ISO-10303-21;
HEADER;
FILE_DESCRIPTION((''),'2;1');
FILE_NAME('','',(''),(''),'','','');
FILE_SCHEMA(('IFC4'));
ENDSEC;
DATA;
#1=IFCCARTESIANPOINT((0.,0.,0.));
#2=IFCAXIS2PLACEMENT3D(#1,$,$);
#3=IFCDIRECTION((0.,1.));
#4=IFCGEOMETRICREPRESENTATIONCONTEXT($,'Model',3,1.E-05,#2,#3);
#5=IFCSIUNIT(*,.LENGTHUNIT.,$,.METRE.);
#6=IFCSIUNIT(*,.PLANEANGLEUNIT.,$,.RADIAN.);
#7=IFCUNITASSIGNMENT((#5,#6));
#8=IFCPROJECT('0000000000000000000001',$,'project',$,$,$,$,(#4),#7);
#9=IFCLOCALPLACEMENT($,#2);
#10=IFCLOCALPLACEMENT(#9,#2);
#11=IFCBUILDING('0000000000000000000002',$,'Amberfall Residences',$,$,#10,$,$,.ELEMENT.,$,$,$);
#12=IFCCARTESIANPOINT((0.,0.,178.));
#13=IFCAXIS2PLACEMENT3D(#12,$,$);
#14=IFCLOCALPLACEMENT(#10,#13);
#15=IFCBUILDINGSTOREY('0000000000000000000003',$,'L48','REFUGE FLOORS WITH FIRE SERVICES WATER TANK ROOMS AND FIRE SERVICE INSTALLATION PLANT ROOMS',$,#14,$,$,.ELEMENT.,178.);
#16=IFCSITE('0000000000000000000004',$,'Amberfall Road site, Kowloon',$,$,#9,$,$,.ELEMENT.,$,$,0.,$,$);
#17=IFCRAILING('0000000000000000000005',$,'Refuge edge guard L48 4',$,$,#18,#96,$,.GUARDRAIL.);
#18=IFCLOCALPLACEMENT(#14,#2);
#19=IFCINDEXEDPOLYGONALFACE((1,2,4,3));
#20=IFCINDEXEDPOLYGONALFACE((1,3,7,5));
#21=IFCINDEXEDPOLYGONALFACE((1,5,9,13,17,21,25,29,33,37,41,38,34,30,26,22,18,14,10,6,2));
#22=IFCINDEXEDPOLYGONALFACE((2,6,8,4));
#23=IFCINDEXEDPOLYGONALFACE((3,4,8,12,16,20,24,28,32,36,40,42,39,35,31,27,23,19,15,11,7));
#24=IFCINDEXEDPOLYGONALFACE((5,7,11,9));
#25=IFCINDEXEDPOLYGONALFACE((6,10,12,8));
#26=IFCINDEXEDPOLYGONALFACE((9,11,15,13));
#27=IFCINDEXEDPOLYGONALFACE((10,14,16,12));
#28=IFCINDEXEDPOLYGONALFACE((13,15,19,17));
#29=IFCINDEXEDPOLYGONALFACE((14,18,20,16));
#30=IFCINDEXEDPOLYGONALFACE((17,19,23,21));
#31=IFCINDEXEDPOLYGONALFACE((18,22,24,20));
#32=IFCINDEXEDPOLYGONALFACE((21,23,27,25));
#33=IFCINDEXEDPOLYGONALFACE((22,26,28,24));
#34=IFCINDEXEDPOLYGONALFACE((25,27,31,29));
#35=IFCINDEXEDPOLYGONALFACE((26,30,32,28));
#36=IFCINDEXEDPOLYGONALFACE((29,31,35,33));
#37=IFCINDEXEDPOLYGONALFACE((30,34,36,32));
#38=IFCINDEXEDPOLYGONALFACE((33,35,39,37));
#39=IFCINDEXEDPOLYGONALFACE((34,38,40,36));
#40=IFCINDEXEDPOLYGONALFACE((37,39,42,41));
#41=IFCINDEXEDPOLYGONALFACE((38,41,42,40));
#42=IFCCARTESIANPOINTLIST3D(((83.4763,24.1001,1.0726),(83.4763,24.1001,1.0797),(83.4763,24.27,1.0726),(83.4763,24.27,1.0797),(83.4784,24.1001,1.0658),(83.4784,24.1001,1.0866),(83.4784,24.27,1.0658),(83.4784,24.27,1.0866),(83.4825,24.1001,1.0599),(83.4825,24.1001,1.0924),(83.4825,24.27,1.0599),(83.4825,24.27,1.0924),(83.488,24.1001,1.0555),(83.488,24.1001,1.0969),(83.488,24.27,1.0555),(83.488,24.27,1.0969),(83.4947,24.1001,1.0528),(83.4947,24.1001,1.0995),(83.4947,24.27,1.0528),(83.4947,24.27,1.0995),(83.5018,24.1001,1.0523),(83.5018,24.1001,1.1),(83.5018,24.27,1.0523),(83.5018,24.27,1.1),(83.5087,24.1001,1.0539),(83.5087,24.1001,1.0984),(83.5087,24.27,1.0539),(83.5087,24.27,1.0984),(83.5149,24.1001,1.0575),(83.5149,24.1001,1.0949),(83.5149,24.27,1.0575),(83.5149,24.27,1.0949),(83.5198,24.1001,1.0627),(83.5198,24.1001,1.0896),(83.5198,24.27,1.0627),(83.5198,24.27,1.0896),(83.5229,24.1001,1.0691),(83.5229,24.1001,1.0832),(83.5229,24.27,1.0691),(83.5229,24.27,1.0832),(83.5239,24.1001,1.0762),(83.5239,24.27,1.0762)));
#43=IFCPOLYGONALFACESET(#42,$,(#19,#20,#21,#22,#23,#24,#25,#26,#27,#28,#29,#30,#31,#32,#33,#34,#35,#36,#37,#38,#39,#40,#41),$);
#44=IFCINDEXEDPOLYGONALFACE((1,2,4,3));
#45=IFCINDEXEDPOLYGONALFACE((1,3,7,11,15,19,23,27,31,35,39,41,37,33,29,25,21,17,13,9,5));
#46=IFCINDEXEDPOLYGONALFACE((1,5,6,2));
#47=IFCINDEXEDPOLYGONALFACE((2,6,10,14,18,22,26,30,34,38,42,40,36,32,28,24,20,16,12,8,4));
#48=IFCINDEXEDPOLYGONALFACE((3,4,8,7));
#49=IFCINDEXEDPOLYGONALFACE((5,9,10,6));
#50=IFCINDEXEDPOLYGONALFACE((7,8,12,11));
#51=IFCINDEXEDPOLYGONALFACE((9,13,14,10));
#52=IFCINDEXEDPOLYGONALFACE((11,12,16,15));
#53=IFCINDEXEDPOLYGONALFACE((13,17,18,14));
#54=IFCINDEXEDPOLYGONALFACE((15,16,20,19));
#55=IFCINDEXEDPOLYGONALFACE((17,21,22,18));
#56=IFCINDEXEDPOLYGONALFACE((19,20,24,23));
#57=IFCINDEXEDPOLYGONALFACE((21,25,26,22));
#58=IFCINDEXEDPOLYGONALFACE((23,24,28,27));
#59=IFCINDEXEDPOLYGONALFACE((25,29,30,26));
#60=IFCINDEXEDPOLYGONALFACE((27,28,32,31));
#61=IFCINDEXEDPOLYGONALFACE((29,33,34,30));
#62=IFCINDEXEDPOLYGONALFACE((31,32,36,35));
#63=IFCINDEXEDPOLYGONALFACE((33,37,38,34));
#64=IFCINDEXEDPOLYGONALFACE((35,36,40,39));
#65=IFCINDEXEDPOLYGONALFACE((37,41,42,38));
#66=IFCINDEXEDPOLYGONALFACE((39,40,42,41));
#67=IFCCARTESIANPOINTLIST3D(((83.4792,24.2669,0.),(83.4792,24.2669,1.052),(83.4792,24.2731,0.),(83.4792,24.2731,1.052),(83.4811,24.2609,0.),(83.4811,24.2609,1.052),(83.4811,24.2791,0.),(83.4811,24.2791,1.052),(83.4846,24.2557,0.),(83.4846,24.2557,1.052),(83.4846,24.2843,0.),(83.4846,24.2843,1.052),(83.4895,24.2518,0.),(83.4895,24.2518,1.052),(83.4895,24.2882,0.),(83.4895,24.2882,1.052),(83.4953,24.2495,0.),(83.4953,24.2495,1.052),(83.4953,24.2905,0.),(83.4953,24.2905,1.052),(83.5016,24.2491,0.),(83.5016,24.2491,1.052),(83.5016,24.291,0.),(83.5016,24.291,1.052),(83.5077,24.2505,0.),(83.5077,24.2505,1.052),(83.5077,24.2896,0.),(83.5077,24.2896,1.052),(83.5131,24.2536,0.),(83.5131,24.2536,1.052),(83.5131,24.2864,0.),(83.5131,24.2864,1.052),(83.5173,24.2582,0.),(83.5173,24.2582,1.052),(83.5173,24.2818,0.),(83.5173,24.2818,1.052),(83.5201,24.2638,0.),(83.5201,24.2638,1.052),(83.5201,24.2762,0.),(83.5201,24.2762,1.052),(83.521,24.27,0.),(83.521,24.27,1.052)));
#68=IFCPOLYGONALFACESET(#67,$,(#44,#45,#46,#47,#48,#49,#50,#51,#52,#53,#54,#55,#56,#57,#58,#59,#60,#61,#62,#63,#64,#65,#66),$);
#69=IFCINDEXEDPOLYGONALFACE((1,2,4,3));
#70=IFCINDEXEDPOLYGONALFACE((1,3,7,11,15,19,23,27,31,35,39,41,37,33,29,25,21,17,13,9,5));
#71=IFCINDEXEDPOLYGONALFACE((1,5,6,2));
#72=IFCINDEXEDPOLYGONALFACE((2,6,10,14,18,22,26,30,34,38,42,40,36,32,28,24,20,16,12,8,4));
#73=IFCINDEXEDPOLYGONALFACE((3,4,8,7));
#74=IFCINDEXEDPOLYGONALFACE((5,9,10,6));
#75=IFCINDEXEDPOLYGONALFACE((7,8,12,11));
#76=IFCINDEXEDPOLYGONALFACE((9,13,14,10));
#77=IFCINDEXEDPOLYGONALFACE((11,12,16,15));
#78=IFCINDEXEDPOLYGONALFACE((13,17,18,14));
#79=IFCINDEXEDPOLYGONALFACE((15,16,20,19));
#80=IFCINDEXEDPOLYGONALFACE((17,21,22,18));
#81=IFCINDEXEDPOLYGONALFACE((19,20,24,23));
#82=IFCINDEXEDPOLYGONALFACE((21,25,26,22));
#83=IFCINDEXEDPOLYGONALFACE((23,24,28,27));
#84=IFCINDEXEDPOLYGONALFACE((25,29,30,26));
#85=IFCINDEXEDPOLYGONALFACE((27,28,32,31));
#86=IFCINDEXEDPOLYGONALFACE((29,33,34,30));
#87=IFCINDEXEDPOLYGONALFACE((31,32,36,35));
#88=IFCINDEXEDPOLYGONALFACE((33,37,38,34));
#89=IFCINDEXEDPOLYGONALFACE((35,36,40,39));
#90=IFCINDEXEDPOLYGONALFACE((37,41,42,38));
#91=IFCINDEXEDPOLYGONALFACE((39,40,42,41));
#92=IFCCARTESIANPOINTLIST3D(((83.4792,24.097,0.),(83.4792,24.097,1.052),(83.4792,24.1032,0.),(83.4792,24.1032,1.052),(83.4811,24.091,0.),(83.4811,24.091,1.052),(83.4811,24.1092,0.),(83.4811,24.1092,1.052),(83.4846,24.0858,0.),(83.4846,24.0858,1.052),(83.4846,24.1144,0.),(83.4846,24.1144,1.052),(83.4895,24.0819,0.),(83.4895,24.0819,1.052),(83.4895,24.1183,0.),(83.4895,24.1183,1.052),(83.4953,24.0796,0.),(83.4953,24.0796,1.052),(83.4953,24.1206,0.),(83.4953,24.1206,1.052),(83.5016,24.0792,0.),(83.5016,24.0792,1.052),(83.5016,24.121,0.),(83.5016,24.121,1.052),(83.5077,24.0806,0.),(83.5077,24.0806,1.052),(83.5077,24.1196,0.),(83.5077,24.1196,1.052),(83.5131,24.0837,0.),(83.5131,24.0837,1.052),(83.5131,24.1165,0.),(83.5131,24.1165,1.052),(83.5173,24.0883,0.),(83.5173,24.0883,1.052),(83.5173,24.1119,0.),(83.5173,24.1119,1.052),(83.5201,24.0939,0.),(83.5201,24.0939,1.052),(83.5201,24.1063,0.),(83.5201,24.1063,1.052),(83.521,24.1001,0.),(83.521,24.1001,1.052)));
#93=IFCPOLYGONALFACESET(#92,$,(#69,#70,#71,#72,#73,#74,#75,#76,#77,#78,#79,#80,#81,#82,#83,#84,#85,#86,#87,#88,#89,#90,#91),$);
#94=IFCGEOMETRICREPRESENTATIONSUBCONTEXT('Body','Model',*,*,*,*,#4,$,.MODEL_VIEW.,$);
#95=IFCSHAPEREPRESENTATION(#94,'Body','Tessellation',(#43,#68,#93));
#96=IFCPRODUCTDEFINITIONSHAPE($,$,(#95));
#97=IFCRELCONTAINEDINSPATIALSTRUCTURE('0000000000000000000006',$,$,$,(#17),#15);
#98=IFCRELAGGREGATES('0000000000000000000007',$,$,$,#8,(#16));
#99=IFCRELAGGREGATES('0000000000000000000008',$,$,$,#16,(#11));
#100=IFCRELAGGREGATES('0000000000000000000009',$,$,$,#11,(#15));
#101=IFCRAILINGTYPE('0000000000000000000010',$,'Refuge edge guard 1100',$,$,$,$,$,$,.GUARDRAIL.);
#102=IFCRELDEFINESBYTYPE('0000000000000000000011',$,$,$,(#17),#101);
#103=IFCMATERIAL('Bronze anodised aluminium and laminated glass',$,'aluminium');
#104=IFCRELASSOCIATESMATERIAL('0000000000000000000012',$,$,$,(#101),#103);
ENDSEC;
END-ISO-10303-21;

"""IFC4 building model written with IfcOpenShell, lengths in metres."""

from ifc_helpers import new_model, si_unit, direction, frame, origin, origin_2d, place, context, subcontext, project, spatial, circle, extrude, material, type_object, element, save


model = new_model("IFC4")

# Units and contexts
model_context = context("Model", 3, precision=1e-05, world=origin(), true_north=direction((0.0, 1.0)))
body_context = subcontext(model_context, "Body", "Model", "MODEL_VIEW")
ifc_project = project(units=[si_unit("LENGTHUNIT", "METRE"), si_unit("PLANEANGLEUNIT", "RADIAN")], contexts=[model_context])

# Site, building, storey
site_placement = place(None, origin())
site = spatial("IfcSite", under=ifc_project, at=site_placement, Name="Amberfall Road site, Kowloon", CompositionType="ELEMENT", RefElevation=0.0)
building_placement = place(site_placement, origin())
building = spatial("IfcBuilding", under=site, at=building_placement, Name="Amberfall Residences", CompositionType="ELEMENT")
storey_placement = place(building_placement, frame((0.0, 0.0, 178.0)))
storey = spatial("IfcBuildingStorey", under=building, at=storey_placement, Name="L48", Description="REFUGE FLOORS WITH FIRE SERVICES WATER TANK ROOMS AND FIRE SERVICE INSTALLATION PLANT ROOMS", CompositionType="ELEMENT", Elevation=178.0)

# Railing
ifc_material_1 = material(Name="Bronze anodised aluminium and laminated glass", Category="aluminium")
railing_type = type_object("IfcRailingType", Name="Refuge edge guard 1100", PredefinedType="GUARDRAIL", material=ifc_material_1)
railing_1_placement = place(storey_placement, frame((83.5, 24.27, 0.0)))
element("IfcRailing", 1, at=railing_1_placement, inside=storey, type_object=railing_type, Name="Refuge edge guard L48 4", PredefinedType="GUARDRAIL", context=body_context, shape_type="SweptSolid", body=[
    extrude(circle(Radius=0.0239, at=origin_2d()), frame((0.0, 0.0, 1.0762), z_axis=(0.0, -1.0, 0.0), x_axis=(1.0, 0.0, 0.0)), (0.0, 0.0, 1.0), 0.1699),
    extrude(circle(Radius=0.021, at=origin_2d()), origin(), (0.0, 0.0, 1.0), 1.052),
    extrude(circle(Radius=0.021, at=origin_2d()), frame((0.0, -0.1699, 0.0)), (0.0, 0.0, 1.0), 1.052),
])

save(model, "model.ifc")
